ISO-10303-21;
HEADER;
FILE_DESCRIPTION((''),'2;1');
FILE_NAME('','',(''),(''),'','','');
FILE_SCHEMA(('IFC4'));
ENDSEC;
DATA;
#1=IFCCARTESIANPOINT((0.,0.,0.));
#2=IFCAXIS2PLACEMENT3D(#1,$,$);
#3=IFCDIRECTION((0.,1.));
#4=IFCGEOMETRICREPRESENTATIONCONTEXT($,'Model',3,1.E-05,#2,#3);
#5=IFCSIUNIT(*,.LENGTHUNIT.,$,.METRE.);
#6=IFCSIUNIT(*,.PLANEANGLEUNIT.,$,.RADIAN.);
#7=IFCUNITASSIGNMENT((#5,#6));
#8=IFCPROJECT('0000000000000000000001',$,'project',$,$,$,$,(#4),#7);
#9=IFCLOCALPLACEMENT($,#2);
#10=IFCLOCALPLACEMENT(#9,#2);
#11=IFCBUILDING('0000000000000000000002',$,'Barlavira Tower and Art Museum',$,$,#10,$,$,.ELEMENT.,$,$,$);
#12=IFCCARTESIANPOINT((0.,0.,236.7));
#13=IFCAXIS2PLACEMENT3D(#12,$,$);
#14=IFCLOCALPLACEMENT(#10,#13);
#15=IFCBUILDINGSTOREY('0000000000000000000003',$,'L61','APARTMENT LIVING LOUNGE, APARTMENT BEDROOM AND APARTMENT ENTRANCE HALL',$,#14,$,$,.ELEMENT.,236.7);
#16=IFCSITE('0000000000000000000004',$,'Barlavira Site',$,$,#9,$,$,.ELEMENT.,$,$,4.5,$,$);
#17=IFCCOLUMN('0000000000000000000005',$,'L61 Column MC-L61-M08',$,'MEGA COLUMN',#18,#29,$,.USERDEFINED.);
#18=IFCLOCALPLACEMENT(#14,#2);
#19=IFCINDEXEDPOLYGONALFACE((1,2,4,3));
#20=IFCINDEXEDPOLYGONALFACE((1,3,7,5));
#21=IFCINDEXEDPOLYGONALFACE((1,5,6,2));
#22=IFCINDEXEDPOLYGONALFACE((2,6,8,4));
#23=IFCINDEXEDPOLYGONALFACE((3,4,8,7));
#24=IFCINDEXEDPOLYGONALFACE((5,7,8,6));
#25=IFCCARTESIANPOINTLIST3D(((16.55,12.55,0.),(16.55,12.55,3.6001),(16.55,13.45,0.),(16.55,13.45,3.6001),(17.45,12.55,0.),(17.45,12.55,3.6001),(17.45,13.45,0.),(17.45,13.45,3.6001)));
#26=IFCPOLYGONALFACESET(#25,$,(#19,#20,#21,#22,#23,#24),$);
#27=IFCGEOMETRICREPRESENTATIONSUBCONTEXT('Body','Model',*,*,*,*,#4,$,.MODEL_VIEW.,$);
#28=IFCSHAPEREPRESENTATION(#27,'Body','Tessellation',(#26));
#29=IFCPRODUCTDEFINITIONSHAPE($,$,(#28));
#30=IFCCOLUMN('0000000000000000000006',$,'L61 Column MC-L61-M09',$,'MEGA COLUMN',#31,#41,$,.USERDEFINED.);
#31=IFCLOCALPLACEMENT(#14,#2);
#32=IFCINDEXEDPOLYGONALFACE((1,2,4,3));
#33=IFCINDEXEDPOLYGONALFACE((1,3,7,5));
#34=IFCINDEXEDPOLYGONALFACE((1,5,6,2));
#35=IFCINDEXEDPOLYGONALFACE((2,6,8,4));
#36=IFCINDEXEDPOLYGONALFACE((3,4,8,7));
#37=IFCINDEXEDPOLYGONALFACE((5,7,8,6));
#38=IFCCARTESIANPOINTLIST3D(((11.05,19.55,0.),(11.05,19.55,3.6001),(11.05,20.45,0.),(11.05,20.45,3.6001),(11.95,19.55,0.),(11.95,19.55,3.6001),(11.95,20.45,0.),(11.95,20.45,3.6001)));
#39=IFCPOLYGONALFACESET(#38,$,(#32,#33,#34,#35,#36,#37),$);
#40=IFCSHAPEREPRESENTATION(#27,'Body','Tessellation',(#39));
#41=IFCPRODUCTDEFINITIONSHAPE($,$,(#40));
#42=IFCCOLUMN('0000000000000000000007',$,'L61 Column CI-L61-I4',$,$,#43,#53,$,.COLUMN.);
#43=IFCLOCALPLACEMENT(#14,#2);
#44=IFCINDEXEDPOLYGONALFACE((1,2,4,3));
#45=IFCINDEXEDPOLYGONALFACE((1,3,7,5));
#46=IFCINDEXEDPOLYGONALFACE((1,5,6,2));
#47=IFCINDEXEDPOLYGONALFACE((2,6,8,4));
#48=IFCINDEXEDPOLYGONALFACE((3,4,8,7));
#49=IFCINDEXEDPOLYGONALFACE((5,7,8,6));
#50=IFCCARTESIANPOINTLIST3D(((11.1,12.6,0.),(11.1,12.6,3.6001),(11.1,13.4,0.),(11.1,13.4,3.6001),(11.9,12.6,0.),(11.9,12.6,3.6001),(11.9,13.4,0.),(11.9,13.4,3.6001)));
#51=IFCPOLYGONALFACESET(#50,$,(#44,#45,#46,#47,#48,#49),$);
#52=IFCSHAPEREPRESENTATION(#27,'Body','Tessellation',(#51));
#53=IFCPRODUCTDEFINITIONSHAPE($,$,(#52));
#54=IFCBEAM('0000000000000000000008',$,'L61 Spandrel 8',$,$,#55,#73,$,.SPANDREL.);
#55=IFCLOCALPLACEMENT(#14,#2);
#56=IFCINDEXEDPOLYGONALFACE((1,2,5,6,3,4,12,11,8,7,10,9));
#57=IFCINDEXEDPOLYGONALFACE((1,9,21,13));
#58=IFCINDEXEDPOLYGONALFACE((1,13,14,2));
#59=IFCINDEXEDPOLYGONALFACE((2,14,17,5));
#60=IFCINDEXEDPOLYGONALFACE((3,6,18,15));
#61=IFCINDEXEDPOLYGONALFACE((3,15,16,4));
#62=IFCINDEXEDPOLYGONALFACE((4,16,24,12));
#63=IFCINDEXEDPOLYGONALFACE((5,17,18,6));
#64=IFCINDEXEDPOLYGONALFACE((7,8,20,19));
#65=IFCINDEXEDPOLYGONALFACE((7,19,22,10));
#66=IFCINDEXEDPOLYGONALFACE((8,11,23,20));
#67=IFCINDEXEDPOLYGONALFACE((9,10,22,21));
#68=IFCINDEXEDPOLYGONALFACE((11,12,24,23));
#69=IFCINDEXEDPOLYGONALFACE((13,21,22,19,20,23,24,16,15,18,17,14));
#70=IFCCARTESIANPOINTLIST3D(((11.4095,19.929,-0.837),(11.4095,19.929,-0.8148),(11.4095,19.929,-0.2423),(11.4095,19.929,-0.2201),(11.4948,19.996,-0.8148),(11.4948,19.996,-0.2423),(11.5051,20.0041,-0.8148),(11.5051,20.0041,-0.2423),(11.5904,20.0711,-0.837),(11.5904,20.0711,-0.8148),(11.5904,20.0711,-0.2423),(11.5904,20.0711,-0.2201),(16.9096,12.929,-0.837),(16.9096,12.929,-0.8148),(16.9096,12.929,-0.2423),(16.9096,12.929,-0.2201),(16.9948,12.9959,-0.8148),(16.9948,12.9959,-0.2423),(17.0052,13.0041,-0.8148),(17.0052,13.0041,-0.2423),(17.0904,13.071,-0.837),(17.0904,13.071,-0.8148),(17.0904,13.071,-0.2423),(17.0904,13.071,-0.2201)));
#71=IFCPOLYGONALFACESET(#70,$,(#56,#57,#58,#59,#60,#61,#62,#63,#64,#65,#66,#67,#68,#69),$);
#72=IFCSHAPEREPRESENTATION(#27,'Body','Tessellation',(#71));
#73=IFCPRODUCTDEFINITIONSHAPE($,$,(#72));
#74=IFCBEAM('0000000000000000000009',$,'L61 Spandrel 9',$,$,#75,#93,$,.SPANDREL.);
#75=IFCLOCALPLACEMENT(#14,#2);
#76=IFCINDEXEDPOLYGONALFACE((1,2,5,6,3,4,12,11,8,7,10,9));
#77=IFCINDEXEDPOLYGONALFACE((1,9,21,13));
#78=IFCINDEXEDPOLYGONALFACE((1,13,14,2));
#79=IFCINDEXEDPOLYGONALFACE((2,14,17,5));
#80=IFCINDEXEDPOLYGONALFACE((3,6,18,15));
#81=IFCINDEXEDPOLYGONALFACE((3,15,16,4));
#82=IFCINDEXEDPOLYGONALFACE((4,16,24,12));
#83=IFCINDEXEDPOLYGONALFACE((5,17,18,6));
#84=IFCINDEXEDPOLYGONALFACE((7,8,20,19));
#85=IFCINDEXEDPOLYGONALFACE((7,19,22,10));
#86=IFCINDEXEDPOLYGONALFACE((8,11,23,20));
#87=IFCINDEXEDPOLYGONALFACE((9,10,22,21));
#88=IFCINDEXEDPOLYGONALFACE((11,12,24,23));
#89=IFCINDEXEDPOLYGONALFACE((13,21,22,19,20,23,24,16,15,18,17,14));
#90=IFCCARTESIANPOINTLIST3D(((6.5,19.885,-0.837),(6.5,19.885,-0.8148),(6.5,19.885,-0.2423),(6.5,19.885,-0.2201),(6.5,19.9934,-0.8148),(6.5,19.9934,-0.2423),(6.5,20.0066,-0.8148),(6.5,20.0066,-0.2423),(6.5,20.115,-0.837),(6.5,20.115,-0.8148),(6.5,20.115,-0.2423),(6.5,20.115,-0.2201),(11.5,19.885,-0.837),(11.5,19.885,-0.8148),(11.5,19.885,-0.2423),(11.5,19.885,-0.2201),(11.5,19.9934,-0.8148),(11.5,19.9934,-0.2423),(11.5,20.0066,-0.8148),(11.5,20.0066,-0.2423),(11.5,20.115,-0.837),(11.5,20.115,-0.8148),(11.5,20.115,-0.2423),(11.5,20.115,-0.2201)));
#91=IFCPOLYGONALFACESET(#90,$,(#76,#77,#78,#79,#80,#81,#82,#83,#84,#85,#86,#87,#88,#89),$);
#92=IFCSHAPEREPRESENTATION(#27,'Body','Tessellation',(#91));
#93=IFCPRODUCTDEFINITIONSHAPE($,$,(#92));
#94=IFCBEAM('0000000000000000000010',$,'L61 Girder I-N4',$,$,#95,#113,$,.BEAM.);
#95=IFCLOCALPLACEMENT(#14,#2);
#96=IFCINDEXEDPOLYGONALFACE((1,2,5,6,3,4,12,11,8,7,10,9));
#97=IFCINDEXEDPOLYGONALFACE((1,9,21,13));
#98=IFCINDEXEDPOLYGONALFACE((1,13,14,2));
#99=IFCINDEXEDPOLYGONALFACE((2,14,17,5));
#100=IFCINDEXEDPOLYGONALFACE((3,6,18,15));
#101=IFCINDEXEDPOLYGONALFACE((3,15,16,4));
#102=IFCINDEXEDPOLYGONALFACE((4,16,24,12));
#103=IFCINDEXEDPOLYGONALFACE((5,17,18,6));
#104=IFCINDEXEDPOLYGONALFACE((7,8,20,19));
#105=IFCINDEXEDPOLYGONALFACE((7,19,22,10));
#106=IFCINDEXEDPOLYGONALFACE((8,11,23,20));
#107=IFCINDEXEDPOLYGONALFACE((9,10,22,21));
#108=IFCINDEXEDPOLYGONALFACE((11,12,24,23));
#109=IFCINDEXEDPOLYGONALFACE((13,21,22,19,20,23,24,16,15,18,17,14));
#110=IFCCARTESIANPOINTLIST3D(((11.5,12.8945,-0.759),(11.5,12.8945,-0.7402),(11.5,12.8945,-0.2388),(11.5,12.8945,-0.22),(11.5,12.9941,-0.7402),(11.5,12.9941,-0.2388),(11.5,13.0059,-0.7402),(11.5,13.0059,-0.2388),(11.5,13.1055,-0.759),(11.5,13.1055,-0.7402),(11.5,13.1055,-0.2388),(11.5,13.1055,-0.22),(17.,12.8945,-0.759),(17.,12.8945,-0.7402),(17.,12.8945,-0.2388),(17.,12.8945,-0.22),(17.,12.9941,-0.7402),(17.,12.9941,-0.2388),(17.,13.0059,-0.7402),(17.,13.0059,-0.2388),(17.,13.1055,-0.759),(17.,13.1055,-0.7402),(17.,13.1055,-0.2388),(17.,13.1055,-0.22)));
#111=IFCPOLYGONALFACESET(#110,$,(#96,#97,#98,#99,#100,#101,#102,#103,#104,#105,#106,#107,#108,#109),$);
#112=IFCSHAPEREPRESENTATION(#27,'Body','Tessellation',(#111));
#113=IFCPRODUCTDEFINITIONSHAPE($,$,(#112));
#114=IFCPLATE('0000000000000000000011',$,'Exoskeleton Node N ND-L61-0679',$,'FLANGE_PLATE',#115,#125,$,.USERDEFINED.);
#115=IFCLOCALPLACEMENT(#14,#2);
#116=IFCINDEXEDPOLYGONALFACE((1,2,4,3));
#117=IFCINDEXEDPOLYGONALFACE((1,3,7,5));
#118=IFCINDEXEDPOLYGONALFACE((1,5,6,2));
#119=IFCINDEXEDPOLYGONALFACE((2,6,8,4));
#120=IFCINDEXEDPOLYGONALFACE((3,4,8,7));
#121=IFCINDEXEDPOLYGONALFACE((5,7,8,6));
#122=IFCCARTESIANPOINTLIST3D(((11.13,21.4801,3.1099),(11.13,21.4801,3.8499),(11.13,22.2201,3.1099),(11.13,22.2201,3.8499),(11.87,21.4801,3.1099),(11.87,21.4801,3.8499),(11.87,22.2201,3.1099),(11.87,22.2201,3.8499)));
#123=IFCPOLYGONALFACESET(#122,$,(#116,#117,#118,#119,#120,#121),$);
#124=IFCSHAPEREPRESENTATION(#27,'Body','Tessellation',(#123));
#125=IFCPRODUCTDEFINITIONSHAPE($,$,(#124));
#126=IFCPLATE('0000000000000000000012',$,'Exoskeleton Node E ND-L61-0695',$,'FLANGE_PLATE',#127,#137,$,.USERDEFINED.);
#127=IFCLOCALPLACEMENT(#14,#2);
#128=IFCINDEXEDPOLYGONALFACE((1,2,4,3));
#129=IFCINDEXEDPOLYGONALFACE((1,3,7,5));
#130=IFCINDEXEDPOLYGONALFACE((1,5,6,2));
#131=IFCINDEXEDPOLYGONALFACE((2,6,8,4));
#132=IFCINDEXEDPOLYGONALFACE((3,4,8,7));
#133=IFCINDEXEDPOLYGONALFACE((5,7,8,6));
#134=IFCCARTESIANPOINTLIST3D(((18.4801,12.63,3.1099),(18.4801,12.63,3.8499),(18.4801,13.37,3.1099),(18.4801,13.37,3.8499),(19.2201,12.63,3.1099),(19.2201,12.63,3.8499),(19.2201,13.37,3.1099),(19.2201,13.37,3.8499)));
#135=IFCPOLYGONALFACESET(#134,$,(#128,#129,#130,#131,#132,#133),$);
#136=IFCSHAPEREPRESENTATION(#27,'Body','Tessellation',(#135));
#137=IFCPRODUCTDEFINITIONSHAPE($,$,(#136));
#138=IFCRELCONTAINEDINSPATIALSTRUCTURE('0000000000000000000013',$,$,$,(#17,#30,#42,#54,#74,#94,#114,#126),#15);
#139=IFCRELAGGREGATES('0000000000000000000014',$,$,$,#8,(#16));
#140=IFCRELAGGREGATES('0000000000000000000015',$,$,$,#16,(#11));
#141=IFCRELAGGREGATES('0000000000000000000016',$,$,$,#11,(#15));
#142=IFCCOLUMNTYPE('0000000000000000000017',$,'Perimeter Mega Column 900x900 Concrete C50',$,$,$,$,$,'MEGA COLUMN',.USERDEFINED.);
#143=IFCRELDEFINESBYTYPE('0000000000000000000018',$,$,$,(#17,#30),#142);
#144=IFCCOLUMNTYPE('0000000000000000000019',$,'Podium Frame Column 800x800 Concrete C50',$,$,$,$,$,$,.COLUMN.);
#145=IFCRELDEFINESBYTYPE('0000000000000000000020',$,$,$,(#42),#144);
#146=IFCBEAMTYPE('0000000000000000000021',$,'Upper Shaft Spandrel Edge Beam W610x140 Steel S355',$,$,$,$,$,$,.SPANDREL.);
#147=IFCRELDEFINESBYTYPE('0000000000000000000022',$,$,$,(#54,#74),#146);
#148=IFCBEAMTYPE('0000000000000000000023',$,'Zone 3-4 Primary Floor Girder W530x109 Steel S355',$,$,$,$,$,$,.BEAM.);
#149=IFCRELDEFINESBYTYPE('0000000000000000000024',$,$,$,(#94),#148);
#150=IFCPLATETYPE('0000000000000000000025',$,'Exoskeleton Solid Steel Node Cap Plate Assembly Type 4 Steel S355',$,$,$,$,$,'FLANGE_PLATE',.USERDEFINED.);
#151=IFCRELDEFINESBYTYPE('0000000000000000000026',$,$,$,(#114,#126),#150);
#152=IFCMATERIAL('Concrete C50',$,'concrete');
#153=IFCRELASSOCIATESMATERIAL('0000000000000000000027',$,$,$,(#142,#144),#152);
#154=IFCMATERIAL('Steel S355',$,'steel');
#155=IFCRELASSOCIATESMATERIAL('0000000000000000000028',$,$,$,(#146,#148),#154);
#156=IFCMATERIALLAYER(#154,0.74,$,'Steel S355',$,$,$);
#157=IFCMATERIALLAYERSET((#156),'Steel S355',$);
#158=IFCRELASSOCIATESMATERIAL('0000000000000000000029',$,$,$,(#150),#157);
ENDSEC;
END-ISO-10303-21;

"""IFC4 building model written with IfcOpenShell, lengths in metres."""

from ifc_helpers import new_model, si_unit, direction, frame, origin, origin_2d, place, context, subcontext, project, spatial, rectangle, i_section, extrude, material, layer, layer_set, material_profile, profile_set, type_object, element, save


model = new_model("IFC4")

# Units and contexts
model_context = context("Model", 3, precision=1e-05, world=origin(), true_north=direction((0.0, 1.0)))
body_context = subcontext(model_context, "Body", "Model", "MODEL_VIEW")
ifc_project = project(units=[si_unit("LENGTHUNIT", "METRE"), si_unit("PLANEANGLEUNIT", "RADIAN")], contexts=[model_context])

# Site, building, storey
site_placement = place(None, origin())
site = spatial("IfcSite", under=ifc_project, at=site_placement, Name="Barlavira Site", CompositionType="ELEMENT", RefElevation=4.5)
building_placement = place(site_placement, origin())
building = spatial("IfcBuilding", under=site, at=building_placement, Name="Barlavira Tower and Art Museum", CompositionType="ELEMENT")
storey_placement = place(building_placement, frame((0.0, 0.0, 236.7)))
storey = spatial("IfcBuildingStorey", under=building, at=storey_placement, Name="L61", Description="APARTMENT LIVING LOUNGE, APARTMENT BEDROOM AND APARTMENT ENTRANCE HALL", CompositionType="ELEMENT", Elevation=236.7)

# Columns
ifc_material_1 = material(Name="Concrete C50", Category="concrete")
ifc_material_profile_1 = material_profile(ifc_material_1, rectangle(XDim=0.8999, YDim=0.8999, at=origin_2d()), Name="RC-COL 900x900")
ifc_profile_set_1 = profile_set([ifc_material_profile_1], Name="Concrete C50")
column_type_1 = type_object("IfcColumnType", Name="Perimeter Mega Column 900x900 Concrete C50", ElementType="MEGA COLUMN", PredefinedType="USERDEFINED", material=ifc_profile_set_1)
for number, where, z_axis, x_axis, name in (
    (1, (17.0, 13.0, 0.0), (0.0, 0.0, 1.0), (1.0, 0.0, 0.0), "L61 Column MC-L61-M08"),
    (2, (11.5, 20.0, 0.0), (0.0, 0.0, 1.0), (1.0, 0.0, 0.0), "L61 Column MC-L61-M09"),
):
    element("IfcColumn", number, at=place(storey_placement, frame(where, z_axis=z_axis, x_axis=x_axis)), inside=storey, type_object=column_type_1, Name=name, ObjectType="MEGA COLUMN", PredefinedType="USERDEFINED", context=body_context, shape_type="SweptSolid", body=[
        extrude(rectangle(XDim=0.8999, YDim=0.8999, at=origin_2d()), origin(), (0.0, 0.0, 1.0), 3.6001),
    ])
ifc_material_profile_2 = material_profile(ifc_material_1, rectangle(XDim=0.8, YDim=0.8, at=origin_2d()), Name="RC-COL 800x800")
ifc_profile_set_2 = profile_set([ifc_material_profile_2], Name="Concrete C50")
column_type_2 = type_object("IfcColumnType", Name="Podium Frame Column 800x800 Concrete C50", PredefinedType="COLUMN", material=ifc_profile_set_2)
column_placement = place(storey_placement, frame((11.5, 13.0, 0.0), z_axis=(0.0, 0.0, 1.0), x_axis=(1.0, 0.0, 0.0)))
element("IfcColumn", 3, at=column_placement, inside=storey, type_object=column_type_2, Name="L61 Column CI-L61-I4", PredefinedType="COLUMN", context=body_context, shape_type="SweptSolid", body=[
    extrude(rectangle(XDim=0.8, YDim=0.8, at=origin_2d()), origin(), (0.0, 0.0, 1.0), 3.6001),
])

# Beams
ifc_material_2 = material(Name="Steel S355", Category="steel")
ifc_material_profile_3 = material_profile(ifc_material_2, i_section(OverallWidth=0.23, OverallDepth=0.6169, WebThickness=0.0132, FlangeThickness=0.0222, at=origin_2d()), Name="W610x140.0")
ifc_profile_set_3 = profile_set([ifc_material_profile_3], Name="Steel S355")
beam_type_1 = type_object("IfcBeamType", Name="Upper Shaft Spandrel Edge Beam W610x140 Steel S355", PredefinedType="SPANDREL", material=ifc_profile_set_3)
beam_1_placement = place(storey_placement, frame((17.0, 13.0, -0.5286), z_axis=(-0.617822, 0.786318, 0.0), x_axis=(-0.786318, -0.617822, 0.0)))
element("IfcBeam", 4, at=beam_1_placement, inside=storey, type_object=beam_type_1, Name="L61 Spandrel 8", PredefinedType="SPANDREL", context=body_context, shape_type="SweptSolid", body=[
    extrude(i_section(OverallWidth=0.23, OverallDepth=0.6169, WebThickness=0.0132, FlangeThickness=0.0222, at=origin_2d()), origin(), (0.0, 0.0, 1.0), 8.9023),
])
beam_2_placement = place(storey_placement, frame((6.5, 20.0, -0.5286), z_axis=(1.0, 0.0, 0.0), x_axis=(0.0, 1.0, 0.0)))
element("IfcBeam", 5, at=beam_2_placement, inside=storey, type_object=beam_type_1, Name="L61 Spandrel 9", PredefinedType="SPANDREL", context=body_context, shape_type="SweptSolid", body=[
    extrude(i_section(OverallWidth=0.23, OverallDepth=0.6169, WebThickness=0.0132, FlangeThickness=0.0222, at=origin_2d()), origin(), (0.0, 0.0, 1.0), 5.0),
])
ifc_material_profile_4 = material_profile(ifc_material_2, i_section(OverallWidth=0.2109, OverallDepth=0.5391, WebThickness=0.0117, FlangeThickness=0.0188, at=origin_2d()), Name="W530x109.0")
ifc_profile_set_4 = profile_set([ifc_material_profile_4], Name="Steel S355")
beam_type_2 = type_object("IfcBeamType", Name="Zone 3-4 Primary Floor Girder W530x109 Steel S355", PredefinedType="BEAM", material=ifc_profile_set_4)
beam_3_placement = place(storey_placement, frame((11.5, 13.0, -0.4895), z_axis=(1.0, 0.0, 0.0), x_axis=(0.0, 1.0, 0.0)))
element("IfcBeam", 6, at=beam_3_placement, inside=storey, type_object=beam_type_2, Name="L61 Girder I-N4", PredefinedType="BEAM", context=body_context, shape_type="SweptSolid", body=[
    extrude(i_section(OverallWidth=0.2109, OverallDepth=0.5391, WebThickness=0.0117, FlangeThickness=0.0188, at=origin_2d()), origin(), (0.0, 0.0, 1.0), 5.5),
])

# Plates
ifc_layer_1 = layer(ifc_material_2, 0.74, Name="Steel S355")
ifc_layer_set_1 = layer_set([ifc_layer_1], Name="Steel S355")
plate_type = type_object("IfcPlateType", Name="Exoskeleton Solid Steel Node Cap Plate Assembly Type 4 Steel S355", ElementType="FLANGE_PLATE", PredefinedType="USERDEFINED", material=ifc_layer_set_1)
for number, where, z_axis, x_axis, name in (
    (7, (11.5, 21.8501, 3.1099), (0.0, 0.0, 1.0), (1.0, 0.0, 0.0), "Exoskeleton Node N ND-L61-0679"),
    (8, (18.8501, 13.0, 3.1099), (0.0, 0.0, 1.0), (1.0, 0.0, 0.0), "Exoskeleton Node E ND-L61-0695"),
):
    element("IfcPlate", number, at=place(storey_placement, frame(where, z_axis=z_axis, x_axis=x_axis)), inside=storey, type_object=plate_type, Name=name, ObjectType="FLANGE_PLATE", PredefinedType="USERDEFINED", context=body_context, shape_type="SweptSolid", body=[
        extrude(rectangle(XDim=0.74, YDim=0.74, at=origin_2d()), origin(), (0.0, 0.0, 1.0), 0.74),
    ])

save(model, "model.ifc")
